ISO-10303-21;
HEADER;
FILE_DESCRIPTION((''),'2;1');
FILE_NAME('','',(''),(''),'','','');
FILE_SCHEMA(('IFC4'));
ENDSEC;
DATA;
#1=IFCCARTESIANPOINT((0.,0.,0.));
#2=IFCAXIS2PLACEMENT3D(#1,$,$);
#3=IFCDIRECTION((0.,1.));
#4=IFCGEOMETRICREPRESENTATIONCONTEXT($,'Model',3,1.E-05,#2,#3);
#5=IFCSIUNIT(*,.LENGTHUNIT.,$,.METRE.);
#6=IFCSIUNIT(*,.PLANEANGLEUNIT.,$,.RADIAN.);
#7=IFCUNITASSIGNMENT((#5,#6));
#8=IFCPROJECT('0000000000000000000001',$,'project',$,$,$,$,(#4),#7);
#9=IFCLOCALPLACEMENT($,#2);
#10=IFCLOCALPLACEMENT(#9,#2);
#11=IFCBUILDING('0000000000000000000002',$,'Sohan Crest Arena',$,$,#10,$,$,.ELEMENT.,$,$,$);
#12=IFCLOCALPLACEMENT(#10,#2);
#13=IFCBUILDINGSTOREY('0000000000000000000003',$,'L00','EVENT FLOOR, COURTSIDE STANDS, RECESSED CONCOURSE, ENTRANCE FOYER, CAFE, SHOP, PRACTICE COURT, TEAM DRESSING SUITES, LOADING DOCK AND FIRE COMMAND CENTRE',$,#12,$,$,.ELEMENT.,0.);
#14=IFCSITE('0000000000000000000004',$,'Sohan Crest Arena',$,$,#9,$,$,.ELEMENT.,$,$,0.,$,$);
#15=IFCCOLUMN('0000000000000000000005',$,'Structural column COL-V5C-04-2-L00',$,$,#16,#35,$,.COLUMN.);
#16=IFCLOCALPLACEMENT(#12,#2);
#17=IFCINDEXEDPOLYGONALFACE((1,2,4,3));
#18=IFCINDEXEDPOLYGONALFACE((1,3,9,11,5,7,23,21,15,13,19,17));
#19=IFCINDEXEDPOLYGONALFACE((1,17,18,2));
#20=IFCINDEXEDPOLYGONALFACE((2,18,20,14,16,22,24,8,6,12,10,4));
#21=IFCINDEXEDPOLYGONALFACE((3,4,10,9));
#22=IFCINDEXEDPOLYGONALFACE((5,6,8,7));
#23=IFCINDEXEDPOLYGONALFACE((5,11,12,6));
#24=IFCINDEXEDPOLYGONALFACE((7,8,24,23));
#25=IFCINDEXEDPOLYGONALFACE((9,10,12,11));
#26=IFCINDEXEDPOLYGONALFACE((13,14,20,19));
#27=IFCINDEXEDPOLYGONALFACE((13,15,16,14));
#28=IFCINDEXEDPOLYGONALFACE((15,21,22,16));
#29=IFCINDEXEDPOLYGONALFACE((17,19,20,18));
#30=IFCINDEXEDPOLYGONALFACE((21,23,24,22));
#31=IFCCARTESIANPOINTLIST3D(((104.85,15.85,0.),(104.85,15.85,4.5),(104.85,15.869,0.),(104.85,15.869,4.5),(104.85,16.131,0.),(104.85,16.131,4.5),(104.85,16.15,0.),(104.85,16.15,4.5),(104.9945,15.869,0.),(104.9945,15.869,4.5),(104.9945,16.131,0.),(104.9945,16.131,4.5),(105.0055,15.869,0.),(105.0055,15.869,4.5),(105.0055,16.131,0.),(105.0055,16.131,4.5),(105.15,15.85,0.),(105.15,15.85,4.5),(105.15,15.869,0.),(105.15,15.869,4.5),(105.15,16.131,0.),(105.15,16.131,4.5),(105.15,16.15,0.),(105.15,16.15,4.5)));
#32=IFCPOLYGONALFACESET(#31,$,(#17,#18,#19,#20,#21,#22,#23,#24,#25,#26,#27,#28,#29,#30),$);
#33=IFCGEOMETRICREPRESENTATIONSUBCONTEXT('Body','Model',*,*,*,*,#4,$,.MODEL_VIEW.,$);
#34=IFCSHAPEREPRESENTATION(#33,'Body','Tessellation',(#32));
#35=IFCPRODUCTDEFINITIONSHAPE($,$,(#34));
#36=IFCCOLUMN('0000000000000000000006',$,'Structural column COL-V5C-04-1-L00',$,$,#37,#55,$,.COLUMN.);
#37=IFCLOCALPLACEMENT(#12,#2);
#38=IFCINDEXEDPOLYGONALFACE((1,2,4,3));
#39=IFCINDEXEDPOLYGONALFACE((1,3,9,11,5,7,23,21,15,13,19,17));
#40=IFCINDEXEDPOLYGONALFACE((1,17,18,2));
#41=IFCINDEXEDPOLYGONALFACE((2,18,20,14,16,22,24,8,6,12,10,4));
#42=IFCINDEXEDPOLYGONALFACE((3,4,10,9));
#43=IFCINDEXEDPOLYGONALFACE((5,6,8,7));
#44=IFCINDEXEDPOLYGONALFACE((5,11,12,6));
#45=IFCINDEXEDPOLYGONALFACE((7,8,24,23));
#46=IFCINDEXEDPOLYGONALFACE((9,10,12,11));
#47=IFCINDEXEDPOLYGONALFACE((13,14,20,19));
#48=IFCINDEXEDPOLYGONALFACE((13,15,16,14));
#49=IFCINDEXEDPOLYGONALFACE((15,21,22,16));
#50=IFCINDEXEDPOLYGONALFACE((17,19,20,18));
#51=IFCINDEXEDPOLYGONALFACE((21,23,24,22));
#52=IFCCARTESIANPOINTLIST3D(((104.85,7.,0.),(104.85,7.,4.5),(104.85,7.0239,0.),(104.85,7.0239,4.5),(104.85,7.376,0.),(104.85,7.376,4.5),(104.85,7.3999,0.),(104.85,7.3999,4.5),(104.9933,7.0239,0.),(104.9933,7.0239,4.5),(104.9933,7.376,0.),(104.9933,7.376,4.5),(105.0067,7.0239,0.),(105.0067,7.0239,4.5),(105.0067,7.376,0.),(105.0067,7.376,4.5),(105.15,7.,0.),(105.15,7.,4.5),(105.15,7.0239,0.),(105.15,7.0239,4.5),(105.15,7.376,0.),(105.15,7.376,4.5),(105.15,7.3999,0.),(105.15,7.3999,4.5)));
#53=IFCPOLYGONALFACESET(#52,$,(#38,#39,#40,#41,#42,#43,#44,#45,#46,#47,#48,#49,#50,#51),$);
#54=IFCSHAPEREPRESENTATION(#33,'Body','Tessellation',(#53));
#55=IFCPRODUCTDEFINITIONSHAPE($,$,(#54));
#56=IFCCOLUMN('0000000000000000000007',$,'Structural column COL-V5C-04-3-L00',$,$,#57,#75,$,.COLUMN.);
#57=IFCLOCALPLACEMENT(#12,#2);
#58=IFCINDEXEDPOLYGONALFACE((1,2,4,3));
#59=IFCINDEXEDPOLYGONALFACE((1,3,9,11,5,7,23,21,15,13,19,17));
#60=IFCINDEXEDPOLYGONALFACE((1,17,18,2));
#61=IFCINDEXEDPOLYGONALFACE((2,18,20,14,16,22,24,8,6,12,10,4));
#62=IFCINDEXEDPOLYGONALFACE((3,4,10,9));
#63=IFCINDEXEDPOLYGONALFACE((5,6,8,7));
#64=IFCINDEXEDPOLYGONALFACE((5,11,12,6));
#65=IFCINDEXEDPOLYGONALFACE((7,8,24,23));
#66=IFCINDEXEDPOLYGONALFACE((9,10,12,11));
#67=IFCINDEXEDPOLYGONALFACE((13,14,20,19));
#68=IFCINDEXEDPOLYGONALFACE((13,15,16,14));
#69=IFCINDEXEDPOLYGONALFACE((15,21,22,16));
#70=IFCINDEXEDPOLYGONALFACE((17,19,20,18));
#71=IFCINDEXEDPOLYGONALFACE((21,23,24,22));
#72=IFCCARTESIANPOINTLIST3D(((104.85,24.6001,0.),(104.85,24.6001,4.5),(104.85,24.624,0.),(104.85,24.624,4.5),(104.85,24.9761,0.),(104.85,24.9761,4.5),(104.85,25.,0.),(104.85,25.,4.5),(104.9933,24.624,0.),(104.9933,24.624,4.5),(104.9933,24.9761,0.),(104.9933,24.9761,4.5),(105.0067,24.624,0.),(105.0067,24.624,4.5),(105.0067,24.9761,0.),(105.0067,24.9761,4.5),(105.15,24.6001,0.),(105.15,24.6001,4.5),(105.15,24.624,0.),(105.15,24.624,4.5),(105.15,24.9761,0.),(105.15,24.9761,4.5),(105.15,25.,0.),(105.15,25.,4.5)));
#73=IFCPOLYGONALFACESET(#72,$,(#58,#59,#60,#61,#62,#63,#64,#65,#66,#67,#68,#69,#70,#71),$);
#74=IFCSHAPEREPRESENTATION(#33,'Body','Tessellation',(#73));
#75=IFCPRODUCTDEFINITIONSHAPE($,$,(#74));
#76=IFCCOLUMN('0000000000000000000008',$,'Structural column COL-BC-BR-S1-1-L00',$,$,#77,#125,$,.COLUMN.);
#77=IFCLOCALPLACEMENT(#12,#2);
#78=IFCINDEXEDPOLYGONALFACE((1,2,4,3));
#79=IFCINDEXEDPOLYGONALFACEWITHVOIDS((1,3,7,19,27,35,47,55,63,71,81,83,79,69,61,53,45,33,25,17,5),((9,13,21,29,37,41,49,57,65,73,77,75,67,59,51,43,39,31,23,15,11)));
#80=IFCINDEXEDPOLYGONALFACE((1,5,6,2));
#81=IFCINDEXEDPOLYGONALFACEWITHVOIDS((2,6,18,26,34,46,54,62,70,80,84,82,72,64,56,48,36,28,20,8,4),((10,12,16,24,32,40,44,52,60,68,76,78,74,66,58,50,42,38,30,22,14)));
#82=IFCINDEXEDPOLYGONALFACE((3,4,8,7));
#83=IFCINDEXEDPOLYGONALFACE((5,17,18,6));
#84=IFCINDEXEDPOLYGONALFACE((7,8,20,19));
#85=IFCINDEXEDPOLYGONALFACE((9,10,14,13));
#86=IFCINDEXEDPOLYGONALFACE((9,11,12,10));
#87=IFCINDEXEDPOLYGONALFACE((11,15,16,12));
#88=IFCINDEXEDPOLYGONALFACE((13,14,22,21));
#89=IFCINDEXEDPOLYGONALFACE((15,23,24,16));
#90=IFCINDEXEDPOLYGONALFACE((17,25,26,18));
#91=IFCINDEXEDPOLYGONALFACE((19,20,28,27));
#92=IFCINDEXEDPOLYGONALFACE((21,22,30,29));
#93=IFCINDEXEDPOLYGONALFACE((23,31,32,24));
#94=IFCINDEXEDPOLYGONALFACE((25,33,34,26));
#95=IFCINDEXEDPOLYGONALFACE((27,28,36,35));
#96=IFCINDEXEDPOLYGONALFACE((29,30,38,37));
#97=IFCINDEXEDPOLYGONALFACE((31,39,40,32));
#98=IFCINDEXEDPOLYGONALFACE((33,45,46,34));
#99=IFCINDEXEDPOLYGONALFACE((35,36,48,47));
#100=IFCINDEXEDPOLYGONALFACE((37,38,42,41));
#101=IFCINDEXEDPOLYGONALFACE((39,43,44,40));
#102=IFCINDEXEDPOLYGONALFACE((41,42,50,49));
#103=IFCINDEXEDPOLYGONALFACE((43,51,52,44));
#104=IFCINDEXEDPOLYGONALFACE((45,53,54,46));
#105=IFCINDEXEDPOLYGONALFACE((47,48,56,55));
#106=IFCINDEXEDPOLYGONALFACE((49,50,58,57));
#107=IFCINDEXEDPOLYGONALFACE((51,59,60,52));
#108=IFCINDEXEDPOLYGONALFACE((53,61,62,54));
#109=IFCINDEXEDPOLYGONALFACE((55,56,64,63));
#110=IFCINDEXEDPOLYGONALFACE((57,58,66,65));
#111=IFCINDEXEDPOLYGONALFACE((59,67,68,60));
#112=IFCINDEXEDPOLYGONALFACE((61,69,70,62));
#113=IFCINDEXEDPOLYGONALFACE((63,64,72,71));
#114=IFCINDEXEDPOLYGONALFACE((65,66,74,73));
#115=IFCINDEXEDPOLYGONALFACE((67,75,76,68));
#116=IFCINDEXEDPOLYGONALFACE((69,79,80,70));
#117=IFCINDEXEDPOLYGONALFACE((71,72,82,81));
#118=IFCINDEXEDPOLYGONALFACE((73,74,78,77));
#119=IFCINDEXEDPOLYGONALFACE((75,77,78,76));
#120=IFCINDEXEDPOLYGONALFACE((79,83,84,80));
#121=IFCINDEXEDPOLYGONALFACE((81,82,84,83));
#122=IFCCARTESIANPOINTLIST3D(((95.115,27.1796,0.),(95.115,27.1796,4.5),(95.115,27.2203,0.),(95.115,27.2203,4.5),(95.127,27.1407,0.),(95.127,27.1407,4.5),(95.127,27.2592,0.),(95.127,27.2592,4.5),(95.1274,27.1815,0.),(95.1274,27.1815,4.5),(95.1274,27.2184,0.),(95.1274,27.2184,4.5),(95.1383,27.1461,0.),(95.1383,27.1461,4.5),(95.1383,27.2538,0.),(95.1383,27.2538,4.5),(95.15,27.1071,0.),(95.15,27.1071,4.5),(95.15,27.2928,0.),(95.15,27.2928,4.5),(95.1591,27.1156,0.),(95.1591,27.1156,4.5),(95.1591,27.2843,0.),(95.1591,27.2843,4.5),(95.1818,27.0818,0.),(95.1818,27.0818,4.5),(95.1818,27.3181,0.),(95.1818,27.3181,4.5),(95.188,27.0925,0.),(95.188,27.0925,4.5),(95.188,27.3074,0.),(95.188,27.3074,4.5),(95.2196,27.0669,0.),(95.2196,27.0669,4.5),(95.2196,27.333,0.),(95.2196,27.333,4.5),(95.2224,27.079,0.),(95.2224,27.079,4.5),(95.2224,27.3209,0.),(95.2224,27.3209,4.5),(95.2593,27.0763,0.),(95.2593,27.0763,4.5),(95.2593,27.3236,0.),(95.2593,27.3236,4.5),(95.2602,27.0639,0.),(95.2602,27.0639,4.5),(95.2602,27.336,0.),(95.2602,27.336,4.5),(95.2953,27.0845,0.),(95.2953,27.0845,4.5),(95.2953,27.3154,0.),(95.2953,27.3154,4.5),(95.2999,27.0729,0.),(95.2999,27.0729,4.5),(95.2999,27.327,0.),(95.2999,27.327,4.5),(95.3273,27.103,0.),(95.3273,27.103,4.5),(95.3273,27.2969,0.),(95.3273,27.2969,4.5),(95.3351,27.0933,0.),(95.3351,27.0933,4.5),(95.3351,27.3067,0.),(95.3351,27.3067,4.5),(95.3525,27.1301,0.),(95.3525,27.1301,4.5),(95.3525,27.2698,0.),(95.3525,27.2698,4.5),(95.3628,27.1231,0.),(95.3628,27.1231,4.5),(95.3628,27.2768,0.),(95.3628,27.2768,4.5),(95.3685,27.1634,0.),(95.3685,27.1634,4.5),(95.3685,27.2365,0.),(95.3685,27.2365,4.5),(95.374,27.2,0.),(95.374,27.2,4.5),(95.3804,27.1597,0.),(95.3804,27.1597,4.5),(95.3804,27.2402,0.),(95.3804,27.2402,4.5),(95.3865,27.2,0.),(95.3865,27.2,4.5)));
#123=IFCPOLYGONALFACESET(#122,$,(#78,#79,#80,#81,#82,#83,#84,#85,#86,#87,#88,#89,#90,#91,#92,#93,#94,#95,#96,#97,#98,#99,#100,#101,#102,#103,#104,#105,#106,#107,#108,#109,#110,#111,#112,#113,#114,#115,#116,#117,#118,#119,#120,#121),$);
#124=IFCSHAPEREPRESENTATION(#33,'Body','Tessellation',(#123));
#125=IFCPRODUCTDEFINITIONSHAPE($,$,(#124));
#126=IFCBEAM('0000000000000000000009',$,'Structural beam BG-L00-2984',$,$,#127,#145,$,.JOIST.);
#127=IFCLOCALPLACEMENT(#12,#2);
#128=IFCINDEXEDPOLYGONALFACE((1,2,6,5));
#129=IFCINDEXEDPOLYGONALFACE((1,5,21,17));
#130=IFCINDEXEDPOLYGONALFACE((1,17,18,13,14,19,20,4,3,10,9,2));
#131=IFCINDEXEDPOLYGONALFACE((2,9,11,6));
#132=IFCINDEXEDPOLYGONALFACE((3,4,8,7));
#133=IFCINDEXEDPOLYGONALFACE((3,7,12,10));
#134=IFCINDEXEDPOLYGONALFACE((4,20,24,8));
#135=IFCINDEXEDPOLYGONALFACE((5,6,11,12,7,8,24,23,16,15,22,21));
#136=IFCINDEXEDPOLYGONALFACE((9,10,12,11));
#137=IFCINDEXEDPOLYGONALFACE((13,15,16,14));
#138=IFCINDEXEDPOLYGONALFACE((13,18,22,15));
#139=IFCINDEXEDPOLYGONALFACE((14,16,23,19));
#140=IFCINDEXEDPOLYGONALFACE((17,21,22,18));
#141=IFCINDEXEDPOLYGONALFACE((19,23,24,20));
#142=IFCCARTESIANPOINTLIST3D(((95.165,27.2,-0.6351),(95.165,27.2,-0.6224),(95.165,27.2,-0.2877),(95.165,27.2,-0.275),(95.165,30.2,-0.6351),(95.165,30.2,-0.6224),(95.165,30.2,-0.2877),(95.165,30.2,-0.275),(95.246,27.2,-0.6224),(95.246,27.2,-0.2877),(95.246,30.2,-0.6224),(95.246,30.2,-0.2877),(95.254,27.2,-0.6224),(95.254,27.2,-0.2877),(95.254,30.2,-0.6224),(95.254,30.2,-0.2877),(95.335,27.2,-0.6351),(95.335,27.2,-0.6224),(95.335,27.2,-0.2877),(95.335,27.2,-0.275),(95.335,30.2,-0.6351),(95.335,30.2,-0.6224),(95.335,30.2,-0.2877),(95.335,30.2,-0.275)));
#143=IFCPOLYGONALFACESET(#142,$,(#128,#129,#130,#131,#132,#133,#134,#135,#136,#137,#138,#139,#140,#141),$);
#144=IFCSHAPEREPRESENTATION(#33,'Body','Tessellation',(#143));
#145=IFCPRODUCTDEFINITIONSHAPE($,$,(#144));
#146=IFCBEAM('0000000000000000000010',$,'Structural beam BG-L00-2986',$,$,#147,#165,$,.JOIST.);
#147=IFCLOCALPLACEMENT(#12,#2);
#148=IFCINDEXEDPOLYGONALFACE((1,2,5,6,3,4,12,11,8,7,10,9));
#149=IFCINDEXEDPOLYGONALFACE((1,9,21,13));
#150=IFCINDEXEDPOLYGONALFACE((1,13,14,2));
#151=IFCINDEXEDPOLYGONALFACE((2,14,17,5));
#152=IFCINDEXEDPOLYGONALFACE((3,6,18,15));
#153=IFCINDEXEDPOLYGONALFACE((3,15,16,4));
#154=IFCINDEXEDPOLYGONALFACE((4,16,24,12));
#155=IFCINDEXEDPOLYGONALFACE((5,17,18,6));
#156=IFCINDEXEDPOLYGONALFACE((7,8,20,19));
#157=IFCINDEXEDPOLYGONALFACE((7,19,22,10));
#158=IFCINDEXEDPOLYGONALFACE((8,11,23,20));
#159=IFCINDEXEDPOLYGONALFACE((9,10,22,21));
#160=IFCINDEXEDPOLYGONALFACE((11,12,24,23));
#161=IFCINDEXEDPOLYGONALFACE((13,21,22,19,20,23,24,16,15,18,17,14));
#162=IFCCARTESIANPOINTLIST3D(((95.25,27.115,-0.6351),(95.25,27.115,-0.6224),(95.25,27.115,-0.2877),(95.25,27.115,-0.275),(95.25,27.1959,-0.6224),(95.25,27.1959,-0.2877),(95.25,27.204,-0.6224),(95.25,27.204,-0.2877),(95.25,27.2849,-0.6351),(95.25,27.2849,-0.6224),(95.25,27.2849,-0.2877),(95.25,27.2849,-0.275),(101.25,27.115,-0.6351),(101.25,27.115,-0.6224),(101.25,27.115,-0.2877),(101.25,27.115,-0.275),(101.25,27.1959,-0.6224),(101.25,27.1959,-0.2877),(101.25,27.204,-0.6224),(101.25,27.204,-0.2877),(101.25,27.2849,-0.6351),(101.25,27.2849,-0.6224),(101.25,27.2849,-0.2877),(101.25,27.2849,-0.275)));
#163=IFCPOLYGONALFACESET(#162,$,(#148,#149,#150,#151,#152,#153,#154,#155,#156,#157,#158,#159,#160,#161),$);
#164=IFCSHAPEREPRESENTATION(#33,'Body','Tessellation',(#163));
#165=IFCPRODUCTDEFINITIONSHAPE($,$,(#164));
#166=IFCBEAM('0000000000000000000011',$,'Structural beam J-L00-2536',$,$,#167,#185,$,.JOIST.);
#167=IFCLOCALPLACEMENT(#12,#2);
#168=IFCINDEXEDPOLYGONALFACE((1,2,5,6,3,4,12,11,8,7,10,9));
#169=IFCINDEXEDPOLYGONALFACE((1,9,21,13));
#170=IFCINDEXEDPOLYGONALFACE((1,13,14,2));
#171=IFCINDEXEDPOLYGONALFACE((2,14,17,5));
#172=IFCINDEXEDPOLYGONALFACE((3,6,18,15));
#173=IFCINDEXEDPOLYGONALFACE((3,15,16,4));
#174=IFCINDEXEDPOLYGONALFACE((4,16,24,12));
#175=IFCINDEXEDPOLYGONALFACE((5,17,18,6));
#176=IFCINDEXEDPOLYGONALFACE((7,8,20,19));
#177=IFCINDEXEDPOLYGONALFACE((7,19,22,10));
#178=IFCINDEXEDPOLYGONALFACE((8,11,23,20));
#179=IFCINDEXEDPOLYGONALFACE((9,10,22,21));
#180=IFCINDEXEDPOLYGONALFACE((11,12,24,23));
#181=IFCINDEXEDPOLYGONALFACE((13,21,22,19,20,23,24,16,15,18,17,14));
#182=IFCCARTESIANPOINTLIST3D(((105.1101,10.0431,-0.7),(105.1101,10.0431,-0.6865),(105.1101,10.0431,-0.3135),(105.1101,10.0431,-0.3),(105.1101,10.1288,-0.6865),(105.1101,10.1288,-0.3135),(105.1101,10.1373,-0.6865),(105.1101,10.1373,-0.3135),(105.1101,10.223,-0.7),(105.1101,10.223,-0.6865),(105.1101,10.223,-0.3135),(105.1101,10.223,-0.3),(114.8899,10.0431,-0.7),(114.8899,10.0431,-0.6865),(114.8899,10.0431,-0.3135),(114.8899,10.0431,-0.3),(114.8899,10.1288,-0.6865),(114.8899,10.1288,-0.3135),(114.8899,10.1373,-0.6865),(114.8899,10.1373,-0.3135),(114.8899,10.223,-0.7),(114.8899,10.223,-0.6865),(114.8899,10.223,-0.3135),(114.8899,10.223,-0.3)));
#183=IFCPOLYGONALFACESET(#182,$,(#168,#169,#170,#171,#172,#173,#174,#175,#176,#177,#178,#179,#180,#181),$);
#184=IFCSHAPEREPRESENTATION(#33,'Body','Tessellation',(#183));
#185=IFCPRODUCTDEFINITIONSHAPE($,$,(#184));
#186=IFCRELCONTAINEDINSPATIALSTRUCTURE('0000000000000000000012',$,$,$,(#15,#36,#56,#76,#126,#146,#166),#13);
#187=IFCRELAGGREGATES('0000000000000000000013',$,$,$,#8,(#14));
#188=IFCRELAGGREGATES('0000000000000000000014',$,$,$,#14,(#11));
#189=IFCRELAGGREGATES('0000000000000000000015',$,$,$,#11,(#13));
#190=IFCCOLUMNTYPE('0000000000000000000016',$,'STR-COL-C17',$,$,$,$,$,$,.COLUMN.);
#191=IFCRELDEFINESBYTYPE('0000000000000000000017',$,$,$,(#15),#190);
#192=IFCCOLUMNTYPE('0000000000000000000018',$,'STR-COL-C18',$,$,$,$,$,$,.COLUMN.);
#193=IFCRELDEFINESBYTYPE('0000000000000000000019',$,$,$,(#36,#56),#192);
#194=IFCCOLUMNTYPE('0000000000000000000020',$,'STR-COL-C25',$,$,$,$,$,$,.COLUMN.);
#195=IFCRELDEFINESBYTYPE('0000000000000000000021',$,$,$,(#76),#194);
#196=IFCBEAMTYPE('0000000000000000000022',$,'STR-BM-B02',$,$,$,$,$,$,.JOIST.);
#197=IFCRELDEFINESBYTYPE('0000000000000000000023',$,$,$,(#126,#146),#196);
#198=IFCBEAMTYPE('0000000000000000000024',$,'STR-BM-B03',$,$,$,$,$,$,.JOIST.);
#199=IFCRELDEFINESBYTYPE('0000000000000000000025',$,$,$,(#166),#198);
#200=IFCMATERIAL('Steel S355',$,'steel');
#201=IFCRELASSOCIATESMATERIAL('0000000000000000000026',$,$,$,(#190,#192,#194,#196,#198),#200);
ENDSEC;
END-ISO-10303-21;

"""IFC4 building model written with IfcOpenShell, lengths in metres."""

from ifc_helpers import new_model, si_unit, direction, frame, origin, origin_2d, place, context, subcontext, project, spatial, hollow_circle, i_section, extrude, material, material_profile, profile_set, type_object, element, save


model = new_model("IFC4")

# Units and contexts
model_context = context("Model", 3, precision=1e-05, world=origin(), true_north=direction((0.0, 1.0)))
body_context = subcontext(model_context, "Body", "Model", "MODEL_VIEW")
ifc_project = project(units=[si_unit("LENGTHUNIT", "METRE"), si_unit("PLANEANGLEUNIT", "RADIAN")], contexts=[model_context])

# Site, building, storey
site_placement = place(None, origin())
site = spatial("IfcSite", under=ifc_project, at=site_placement, Name="Sohan Crest Arena", CompositionType="ELEMENT", RefElevation=0.0)
building_placement = place(site_placement, origin())
building = spatial("IfcBuilding", under=site, at=building_placement, Name="Sohan Crest Arena", CompositionType="ELEMENT")
storey_placement = place(building_placement, origin())
storey = spatial("IfcBuildingStorey", under=building, at=storey_placement, Name="L00", Description="EVENT FLOOR, COURTSIDE STANDS, RECESSED CONCOURSE, ENTRANCE FOYER, CAFE, SHOP, PRACTICE COURT, TEAM DRESSING SUITES, LOADING DOCK AND FIRE COMMAND CENTRE", CompositionType="ELEMENT", Elevation=0.0)

# Columns
ifc_material_1 = material(Name="Steel S355", Category="steel")
ifc_material_profile_1 = material_profile(ifc_material_1, i_section(OverallWidth=0.3, OverallDepth=0.3, WebThickness=0.011, FlangeThickness=0.019, at=origin_2d()), Name="HEB 300")
ifc_profile_set_1 = profile_set([ifc_material_profile_1], Name="Steel S355")
column_type_1 = type_object("IfcColumnType", Name="STR-COL-C17", PredefinedType="COLUMN", material=ifc_profile_set_1)
column_1_placement = place(storey_placement, frame((105.0, 16.0, 0.0), z_axis=(0.0, 0.0, 1.0), x_axis=(1.0, 0.0, 0.0)))
element("IfcColumn", 1, at=column_1_placement, inside=storey, type_object=column_type_1, Name="Structural column COL-V5C-04-2-L00", PredefinedType="COLUMN", context=body_context, shape_type="SweptSolid", body=[
    extrude(i_section(OverallWidth=0.3, OverallDepth=0.3, WebThickness=0.011, FlangeThickness=0.019, at=origin_2d()), origin(), (0.0, 0.0, 1.0), 4.5),
])
ifc_material_profile_2 = material_profile(ifc_material_1, i_section(OverallWidth=0.3, OverallDepth=0.3999, WebThickness=0.0134, FlangeThickness=0.0239, at=origin_2d()), Name="HEB 400")
ifc_profile_set_2 = profile_set([ifc_material_profile_2], Name="Steel S355")
column_type_2 = type_object("IfcColumnType", Name="STR-COL-C18", PredefinedType="COLUMN", material=ifc_profile_set_2)
for number, where, z_axis, x_axis, name in (
    (2, (105.0, 7.2, 0.0), (0.0, 0.0, 1.0), (1.0, 0.0, 0.0), "Structural column COL-V5C-04-1-L00"),
    (3, (105.0, 24.8, 0.0), (0.0, 0.0, 1.0), (1.0, 0.0, 0.0), "Structural column COL-V5C-04-3-L00"),
):
    element("IfcColumn", number, at=place(storey_placement, frame(where, z_axis=z_axis, x_axis=x_axis)), inside=storey, type_object=column_type_2, Name=name, PredefinedType="COLUMN", context=body_context, shape_type="SweptSolid", body=[
        extrude(i_section(OverallWidth=0.3, OverallDepth=0.3999, WebThickness=0.0134, FlangeThickness=0.0239, at=origin_2d()), origin(), (0.0, 0.0, 1.0), 4.5),
    ])
ifc_material_profile_3 = material_profile(ifc_material_1, hollow_circle(Radius=0.1365, WallThickness=0.0125, at=origin_2d()), Name="CHS 273x12.5")
ifc_profile_set_3 = profile_set([ifc_material_profile_3], Name="Steel S355")
column_type_3 = type_object("IfcColumnType", Name="STR-COL-C25", PredefinedType="COLUMN", material=ifc_profile_set_3)
column_2_placement = place(storey_placement, frame((95.25, 27.2, 0.0), z_axis=(0.0, 0.0, 1.0), x_axis=(1.0, 0.0, 0.0)))
element("IfcColumn", 4, at=column_2_placement, inside=storey, type_object=column_type_3, Name="Structural column COL-BC-BR-S1-1-L00", PredefinedType="COLUMN", context=body_context, shape_type="SweptSolid", body=[
    extrude(hollow_circle(Radius=0.1365, WallThickness=0.0125, at=origin_2d()), origin(), (0.0, 0.0, 1.0), 4.5),
])

# Beams
ifc_material_profile_4 = material_profile(ifc_material_1, i_section(OverallWidth=0.1699, OverallDepth=0.3601, WebThickness=0.0081, FlangeThickness=0.0127, at=origin_2d()), Name="IPE 360")
ifc_profile_set_4 = profile_set([ifc_material_profile_4], Name="Steel S355")
beam_type_1 = type_object("IfcBeamType", Name="STR-BM-B02", PredefinedType="JOIST", material=ifc_profile_set_4)
beam_1_placement = place(storey_placement, frame((95.25, 27.2, -0.4551), z_axis=(0.0, 1.0, 0.0), x_axis=(-1.0, 0.0, 0.0)))
element("IfcBeam", 5, at=beam_1_placement, inside=storey, type_object=beam_type_1, Name="Structural beam BG-L00-2984", PredefinedType="JOIST", context=body_context, shape_type="SweptSolid", body=[
    extrude(i_section(OverallWidth=0.1699, OverallDepth=0.3601, WebThickness=0.0081, FlangeThickness=0.0127, at=origin_2d()), origin(), (0.0, 0.0, 1.0), 3.0),
])
beam_2_placement = place(storey_placement, frame((95.25, 27.2, -0.4551), z_axis=(1.0, 0.0, 0.0), x_axis=(0.0, 1.0, 0.0)))
element("IfcBeam", 6, at=beam_2_placement, inside=storey, type_object=beam_type_1, Name="Structural beam BG-L00-2986", PredefinedType="JOIST", context=body_context, shape_type="SweptSolid", body=[
    extrude(i_section(OverallWidth=0.1699, OverallDepth=0.3601, WebThickness=0.0081, FlangeThickness=0.0127, at=origin_2d()), origin(), (0.0, 0.0, 1.0), 6.0),
])
ifc_material_profile_5 = material_profile(ifc_material_1, i_section(OverallWidth=0.1799, OverallDepth=0.3999, WebThickness=0.0085, FlangeThickness=0.0134, at=origin_2d()), Name="IPE 400")
ifc_profile_set_5 = profile_set([ifc_material_profile_5], Name="Steel S355")
beam_type_2 = type_object("IfcBeamType", Name="STR-BM-B03", PredefinedType="JOIST", material=ifc_profile_set_5)
for number, where, z_axis, x_axis, name in (
    (7, (105.1101, 10.1331, -0.5), (1.0, 0.0, 0.0), (0.0, 1.0, 0.0), "Structural beam J-L00-2536"),
):
    element("IfcBeam", number, at=place(storey_placement, frame(where, z_axis=z_axis, x_axis=x_axis)), inside=storey, type_object=beam_type_2, Name=name, PredefinedType="JOIST", context=body_context, shape_type="SweptSolid", body=[
        extrude(i_section(OverallWidth=0.1799, OverallDepth=0.3999, WebThickness=0.0085, FlangeThickness=0.0134, at=origin_2d()), origin(), (0.0, 0.0, 1.0), 9.7798),
    ])

save(model, "model.ifc")
